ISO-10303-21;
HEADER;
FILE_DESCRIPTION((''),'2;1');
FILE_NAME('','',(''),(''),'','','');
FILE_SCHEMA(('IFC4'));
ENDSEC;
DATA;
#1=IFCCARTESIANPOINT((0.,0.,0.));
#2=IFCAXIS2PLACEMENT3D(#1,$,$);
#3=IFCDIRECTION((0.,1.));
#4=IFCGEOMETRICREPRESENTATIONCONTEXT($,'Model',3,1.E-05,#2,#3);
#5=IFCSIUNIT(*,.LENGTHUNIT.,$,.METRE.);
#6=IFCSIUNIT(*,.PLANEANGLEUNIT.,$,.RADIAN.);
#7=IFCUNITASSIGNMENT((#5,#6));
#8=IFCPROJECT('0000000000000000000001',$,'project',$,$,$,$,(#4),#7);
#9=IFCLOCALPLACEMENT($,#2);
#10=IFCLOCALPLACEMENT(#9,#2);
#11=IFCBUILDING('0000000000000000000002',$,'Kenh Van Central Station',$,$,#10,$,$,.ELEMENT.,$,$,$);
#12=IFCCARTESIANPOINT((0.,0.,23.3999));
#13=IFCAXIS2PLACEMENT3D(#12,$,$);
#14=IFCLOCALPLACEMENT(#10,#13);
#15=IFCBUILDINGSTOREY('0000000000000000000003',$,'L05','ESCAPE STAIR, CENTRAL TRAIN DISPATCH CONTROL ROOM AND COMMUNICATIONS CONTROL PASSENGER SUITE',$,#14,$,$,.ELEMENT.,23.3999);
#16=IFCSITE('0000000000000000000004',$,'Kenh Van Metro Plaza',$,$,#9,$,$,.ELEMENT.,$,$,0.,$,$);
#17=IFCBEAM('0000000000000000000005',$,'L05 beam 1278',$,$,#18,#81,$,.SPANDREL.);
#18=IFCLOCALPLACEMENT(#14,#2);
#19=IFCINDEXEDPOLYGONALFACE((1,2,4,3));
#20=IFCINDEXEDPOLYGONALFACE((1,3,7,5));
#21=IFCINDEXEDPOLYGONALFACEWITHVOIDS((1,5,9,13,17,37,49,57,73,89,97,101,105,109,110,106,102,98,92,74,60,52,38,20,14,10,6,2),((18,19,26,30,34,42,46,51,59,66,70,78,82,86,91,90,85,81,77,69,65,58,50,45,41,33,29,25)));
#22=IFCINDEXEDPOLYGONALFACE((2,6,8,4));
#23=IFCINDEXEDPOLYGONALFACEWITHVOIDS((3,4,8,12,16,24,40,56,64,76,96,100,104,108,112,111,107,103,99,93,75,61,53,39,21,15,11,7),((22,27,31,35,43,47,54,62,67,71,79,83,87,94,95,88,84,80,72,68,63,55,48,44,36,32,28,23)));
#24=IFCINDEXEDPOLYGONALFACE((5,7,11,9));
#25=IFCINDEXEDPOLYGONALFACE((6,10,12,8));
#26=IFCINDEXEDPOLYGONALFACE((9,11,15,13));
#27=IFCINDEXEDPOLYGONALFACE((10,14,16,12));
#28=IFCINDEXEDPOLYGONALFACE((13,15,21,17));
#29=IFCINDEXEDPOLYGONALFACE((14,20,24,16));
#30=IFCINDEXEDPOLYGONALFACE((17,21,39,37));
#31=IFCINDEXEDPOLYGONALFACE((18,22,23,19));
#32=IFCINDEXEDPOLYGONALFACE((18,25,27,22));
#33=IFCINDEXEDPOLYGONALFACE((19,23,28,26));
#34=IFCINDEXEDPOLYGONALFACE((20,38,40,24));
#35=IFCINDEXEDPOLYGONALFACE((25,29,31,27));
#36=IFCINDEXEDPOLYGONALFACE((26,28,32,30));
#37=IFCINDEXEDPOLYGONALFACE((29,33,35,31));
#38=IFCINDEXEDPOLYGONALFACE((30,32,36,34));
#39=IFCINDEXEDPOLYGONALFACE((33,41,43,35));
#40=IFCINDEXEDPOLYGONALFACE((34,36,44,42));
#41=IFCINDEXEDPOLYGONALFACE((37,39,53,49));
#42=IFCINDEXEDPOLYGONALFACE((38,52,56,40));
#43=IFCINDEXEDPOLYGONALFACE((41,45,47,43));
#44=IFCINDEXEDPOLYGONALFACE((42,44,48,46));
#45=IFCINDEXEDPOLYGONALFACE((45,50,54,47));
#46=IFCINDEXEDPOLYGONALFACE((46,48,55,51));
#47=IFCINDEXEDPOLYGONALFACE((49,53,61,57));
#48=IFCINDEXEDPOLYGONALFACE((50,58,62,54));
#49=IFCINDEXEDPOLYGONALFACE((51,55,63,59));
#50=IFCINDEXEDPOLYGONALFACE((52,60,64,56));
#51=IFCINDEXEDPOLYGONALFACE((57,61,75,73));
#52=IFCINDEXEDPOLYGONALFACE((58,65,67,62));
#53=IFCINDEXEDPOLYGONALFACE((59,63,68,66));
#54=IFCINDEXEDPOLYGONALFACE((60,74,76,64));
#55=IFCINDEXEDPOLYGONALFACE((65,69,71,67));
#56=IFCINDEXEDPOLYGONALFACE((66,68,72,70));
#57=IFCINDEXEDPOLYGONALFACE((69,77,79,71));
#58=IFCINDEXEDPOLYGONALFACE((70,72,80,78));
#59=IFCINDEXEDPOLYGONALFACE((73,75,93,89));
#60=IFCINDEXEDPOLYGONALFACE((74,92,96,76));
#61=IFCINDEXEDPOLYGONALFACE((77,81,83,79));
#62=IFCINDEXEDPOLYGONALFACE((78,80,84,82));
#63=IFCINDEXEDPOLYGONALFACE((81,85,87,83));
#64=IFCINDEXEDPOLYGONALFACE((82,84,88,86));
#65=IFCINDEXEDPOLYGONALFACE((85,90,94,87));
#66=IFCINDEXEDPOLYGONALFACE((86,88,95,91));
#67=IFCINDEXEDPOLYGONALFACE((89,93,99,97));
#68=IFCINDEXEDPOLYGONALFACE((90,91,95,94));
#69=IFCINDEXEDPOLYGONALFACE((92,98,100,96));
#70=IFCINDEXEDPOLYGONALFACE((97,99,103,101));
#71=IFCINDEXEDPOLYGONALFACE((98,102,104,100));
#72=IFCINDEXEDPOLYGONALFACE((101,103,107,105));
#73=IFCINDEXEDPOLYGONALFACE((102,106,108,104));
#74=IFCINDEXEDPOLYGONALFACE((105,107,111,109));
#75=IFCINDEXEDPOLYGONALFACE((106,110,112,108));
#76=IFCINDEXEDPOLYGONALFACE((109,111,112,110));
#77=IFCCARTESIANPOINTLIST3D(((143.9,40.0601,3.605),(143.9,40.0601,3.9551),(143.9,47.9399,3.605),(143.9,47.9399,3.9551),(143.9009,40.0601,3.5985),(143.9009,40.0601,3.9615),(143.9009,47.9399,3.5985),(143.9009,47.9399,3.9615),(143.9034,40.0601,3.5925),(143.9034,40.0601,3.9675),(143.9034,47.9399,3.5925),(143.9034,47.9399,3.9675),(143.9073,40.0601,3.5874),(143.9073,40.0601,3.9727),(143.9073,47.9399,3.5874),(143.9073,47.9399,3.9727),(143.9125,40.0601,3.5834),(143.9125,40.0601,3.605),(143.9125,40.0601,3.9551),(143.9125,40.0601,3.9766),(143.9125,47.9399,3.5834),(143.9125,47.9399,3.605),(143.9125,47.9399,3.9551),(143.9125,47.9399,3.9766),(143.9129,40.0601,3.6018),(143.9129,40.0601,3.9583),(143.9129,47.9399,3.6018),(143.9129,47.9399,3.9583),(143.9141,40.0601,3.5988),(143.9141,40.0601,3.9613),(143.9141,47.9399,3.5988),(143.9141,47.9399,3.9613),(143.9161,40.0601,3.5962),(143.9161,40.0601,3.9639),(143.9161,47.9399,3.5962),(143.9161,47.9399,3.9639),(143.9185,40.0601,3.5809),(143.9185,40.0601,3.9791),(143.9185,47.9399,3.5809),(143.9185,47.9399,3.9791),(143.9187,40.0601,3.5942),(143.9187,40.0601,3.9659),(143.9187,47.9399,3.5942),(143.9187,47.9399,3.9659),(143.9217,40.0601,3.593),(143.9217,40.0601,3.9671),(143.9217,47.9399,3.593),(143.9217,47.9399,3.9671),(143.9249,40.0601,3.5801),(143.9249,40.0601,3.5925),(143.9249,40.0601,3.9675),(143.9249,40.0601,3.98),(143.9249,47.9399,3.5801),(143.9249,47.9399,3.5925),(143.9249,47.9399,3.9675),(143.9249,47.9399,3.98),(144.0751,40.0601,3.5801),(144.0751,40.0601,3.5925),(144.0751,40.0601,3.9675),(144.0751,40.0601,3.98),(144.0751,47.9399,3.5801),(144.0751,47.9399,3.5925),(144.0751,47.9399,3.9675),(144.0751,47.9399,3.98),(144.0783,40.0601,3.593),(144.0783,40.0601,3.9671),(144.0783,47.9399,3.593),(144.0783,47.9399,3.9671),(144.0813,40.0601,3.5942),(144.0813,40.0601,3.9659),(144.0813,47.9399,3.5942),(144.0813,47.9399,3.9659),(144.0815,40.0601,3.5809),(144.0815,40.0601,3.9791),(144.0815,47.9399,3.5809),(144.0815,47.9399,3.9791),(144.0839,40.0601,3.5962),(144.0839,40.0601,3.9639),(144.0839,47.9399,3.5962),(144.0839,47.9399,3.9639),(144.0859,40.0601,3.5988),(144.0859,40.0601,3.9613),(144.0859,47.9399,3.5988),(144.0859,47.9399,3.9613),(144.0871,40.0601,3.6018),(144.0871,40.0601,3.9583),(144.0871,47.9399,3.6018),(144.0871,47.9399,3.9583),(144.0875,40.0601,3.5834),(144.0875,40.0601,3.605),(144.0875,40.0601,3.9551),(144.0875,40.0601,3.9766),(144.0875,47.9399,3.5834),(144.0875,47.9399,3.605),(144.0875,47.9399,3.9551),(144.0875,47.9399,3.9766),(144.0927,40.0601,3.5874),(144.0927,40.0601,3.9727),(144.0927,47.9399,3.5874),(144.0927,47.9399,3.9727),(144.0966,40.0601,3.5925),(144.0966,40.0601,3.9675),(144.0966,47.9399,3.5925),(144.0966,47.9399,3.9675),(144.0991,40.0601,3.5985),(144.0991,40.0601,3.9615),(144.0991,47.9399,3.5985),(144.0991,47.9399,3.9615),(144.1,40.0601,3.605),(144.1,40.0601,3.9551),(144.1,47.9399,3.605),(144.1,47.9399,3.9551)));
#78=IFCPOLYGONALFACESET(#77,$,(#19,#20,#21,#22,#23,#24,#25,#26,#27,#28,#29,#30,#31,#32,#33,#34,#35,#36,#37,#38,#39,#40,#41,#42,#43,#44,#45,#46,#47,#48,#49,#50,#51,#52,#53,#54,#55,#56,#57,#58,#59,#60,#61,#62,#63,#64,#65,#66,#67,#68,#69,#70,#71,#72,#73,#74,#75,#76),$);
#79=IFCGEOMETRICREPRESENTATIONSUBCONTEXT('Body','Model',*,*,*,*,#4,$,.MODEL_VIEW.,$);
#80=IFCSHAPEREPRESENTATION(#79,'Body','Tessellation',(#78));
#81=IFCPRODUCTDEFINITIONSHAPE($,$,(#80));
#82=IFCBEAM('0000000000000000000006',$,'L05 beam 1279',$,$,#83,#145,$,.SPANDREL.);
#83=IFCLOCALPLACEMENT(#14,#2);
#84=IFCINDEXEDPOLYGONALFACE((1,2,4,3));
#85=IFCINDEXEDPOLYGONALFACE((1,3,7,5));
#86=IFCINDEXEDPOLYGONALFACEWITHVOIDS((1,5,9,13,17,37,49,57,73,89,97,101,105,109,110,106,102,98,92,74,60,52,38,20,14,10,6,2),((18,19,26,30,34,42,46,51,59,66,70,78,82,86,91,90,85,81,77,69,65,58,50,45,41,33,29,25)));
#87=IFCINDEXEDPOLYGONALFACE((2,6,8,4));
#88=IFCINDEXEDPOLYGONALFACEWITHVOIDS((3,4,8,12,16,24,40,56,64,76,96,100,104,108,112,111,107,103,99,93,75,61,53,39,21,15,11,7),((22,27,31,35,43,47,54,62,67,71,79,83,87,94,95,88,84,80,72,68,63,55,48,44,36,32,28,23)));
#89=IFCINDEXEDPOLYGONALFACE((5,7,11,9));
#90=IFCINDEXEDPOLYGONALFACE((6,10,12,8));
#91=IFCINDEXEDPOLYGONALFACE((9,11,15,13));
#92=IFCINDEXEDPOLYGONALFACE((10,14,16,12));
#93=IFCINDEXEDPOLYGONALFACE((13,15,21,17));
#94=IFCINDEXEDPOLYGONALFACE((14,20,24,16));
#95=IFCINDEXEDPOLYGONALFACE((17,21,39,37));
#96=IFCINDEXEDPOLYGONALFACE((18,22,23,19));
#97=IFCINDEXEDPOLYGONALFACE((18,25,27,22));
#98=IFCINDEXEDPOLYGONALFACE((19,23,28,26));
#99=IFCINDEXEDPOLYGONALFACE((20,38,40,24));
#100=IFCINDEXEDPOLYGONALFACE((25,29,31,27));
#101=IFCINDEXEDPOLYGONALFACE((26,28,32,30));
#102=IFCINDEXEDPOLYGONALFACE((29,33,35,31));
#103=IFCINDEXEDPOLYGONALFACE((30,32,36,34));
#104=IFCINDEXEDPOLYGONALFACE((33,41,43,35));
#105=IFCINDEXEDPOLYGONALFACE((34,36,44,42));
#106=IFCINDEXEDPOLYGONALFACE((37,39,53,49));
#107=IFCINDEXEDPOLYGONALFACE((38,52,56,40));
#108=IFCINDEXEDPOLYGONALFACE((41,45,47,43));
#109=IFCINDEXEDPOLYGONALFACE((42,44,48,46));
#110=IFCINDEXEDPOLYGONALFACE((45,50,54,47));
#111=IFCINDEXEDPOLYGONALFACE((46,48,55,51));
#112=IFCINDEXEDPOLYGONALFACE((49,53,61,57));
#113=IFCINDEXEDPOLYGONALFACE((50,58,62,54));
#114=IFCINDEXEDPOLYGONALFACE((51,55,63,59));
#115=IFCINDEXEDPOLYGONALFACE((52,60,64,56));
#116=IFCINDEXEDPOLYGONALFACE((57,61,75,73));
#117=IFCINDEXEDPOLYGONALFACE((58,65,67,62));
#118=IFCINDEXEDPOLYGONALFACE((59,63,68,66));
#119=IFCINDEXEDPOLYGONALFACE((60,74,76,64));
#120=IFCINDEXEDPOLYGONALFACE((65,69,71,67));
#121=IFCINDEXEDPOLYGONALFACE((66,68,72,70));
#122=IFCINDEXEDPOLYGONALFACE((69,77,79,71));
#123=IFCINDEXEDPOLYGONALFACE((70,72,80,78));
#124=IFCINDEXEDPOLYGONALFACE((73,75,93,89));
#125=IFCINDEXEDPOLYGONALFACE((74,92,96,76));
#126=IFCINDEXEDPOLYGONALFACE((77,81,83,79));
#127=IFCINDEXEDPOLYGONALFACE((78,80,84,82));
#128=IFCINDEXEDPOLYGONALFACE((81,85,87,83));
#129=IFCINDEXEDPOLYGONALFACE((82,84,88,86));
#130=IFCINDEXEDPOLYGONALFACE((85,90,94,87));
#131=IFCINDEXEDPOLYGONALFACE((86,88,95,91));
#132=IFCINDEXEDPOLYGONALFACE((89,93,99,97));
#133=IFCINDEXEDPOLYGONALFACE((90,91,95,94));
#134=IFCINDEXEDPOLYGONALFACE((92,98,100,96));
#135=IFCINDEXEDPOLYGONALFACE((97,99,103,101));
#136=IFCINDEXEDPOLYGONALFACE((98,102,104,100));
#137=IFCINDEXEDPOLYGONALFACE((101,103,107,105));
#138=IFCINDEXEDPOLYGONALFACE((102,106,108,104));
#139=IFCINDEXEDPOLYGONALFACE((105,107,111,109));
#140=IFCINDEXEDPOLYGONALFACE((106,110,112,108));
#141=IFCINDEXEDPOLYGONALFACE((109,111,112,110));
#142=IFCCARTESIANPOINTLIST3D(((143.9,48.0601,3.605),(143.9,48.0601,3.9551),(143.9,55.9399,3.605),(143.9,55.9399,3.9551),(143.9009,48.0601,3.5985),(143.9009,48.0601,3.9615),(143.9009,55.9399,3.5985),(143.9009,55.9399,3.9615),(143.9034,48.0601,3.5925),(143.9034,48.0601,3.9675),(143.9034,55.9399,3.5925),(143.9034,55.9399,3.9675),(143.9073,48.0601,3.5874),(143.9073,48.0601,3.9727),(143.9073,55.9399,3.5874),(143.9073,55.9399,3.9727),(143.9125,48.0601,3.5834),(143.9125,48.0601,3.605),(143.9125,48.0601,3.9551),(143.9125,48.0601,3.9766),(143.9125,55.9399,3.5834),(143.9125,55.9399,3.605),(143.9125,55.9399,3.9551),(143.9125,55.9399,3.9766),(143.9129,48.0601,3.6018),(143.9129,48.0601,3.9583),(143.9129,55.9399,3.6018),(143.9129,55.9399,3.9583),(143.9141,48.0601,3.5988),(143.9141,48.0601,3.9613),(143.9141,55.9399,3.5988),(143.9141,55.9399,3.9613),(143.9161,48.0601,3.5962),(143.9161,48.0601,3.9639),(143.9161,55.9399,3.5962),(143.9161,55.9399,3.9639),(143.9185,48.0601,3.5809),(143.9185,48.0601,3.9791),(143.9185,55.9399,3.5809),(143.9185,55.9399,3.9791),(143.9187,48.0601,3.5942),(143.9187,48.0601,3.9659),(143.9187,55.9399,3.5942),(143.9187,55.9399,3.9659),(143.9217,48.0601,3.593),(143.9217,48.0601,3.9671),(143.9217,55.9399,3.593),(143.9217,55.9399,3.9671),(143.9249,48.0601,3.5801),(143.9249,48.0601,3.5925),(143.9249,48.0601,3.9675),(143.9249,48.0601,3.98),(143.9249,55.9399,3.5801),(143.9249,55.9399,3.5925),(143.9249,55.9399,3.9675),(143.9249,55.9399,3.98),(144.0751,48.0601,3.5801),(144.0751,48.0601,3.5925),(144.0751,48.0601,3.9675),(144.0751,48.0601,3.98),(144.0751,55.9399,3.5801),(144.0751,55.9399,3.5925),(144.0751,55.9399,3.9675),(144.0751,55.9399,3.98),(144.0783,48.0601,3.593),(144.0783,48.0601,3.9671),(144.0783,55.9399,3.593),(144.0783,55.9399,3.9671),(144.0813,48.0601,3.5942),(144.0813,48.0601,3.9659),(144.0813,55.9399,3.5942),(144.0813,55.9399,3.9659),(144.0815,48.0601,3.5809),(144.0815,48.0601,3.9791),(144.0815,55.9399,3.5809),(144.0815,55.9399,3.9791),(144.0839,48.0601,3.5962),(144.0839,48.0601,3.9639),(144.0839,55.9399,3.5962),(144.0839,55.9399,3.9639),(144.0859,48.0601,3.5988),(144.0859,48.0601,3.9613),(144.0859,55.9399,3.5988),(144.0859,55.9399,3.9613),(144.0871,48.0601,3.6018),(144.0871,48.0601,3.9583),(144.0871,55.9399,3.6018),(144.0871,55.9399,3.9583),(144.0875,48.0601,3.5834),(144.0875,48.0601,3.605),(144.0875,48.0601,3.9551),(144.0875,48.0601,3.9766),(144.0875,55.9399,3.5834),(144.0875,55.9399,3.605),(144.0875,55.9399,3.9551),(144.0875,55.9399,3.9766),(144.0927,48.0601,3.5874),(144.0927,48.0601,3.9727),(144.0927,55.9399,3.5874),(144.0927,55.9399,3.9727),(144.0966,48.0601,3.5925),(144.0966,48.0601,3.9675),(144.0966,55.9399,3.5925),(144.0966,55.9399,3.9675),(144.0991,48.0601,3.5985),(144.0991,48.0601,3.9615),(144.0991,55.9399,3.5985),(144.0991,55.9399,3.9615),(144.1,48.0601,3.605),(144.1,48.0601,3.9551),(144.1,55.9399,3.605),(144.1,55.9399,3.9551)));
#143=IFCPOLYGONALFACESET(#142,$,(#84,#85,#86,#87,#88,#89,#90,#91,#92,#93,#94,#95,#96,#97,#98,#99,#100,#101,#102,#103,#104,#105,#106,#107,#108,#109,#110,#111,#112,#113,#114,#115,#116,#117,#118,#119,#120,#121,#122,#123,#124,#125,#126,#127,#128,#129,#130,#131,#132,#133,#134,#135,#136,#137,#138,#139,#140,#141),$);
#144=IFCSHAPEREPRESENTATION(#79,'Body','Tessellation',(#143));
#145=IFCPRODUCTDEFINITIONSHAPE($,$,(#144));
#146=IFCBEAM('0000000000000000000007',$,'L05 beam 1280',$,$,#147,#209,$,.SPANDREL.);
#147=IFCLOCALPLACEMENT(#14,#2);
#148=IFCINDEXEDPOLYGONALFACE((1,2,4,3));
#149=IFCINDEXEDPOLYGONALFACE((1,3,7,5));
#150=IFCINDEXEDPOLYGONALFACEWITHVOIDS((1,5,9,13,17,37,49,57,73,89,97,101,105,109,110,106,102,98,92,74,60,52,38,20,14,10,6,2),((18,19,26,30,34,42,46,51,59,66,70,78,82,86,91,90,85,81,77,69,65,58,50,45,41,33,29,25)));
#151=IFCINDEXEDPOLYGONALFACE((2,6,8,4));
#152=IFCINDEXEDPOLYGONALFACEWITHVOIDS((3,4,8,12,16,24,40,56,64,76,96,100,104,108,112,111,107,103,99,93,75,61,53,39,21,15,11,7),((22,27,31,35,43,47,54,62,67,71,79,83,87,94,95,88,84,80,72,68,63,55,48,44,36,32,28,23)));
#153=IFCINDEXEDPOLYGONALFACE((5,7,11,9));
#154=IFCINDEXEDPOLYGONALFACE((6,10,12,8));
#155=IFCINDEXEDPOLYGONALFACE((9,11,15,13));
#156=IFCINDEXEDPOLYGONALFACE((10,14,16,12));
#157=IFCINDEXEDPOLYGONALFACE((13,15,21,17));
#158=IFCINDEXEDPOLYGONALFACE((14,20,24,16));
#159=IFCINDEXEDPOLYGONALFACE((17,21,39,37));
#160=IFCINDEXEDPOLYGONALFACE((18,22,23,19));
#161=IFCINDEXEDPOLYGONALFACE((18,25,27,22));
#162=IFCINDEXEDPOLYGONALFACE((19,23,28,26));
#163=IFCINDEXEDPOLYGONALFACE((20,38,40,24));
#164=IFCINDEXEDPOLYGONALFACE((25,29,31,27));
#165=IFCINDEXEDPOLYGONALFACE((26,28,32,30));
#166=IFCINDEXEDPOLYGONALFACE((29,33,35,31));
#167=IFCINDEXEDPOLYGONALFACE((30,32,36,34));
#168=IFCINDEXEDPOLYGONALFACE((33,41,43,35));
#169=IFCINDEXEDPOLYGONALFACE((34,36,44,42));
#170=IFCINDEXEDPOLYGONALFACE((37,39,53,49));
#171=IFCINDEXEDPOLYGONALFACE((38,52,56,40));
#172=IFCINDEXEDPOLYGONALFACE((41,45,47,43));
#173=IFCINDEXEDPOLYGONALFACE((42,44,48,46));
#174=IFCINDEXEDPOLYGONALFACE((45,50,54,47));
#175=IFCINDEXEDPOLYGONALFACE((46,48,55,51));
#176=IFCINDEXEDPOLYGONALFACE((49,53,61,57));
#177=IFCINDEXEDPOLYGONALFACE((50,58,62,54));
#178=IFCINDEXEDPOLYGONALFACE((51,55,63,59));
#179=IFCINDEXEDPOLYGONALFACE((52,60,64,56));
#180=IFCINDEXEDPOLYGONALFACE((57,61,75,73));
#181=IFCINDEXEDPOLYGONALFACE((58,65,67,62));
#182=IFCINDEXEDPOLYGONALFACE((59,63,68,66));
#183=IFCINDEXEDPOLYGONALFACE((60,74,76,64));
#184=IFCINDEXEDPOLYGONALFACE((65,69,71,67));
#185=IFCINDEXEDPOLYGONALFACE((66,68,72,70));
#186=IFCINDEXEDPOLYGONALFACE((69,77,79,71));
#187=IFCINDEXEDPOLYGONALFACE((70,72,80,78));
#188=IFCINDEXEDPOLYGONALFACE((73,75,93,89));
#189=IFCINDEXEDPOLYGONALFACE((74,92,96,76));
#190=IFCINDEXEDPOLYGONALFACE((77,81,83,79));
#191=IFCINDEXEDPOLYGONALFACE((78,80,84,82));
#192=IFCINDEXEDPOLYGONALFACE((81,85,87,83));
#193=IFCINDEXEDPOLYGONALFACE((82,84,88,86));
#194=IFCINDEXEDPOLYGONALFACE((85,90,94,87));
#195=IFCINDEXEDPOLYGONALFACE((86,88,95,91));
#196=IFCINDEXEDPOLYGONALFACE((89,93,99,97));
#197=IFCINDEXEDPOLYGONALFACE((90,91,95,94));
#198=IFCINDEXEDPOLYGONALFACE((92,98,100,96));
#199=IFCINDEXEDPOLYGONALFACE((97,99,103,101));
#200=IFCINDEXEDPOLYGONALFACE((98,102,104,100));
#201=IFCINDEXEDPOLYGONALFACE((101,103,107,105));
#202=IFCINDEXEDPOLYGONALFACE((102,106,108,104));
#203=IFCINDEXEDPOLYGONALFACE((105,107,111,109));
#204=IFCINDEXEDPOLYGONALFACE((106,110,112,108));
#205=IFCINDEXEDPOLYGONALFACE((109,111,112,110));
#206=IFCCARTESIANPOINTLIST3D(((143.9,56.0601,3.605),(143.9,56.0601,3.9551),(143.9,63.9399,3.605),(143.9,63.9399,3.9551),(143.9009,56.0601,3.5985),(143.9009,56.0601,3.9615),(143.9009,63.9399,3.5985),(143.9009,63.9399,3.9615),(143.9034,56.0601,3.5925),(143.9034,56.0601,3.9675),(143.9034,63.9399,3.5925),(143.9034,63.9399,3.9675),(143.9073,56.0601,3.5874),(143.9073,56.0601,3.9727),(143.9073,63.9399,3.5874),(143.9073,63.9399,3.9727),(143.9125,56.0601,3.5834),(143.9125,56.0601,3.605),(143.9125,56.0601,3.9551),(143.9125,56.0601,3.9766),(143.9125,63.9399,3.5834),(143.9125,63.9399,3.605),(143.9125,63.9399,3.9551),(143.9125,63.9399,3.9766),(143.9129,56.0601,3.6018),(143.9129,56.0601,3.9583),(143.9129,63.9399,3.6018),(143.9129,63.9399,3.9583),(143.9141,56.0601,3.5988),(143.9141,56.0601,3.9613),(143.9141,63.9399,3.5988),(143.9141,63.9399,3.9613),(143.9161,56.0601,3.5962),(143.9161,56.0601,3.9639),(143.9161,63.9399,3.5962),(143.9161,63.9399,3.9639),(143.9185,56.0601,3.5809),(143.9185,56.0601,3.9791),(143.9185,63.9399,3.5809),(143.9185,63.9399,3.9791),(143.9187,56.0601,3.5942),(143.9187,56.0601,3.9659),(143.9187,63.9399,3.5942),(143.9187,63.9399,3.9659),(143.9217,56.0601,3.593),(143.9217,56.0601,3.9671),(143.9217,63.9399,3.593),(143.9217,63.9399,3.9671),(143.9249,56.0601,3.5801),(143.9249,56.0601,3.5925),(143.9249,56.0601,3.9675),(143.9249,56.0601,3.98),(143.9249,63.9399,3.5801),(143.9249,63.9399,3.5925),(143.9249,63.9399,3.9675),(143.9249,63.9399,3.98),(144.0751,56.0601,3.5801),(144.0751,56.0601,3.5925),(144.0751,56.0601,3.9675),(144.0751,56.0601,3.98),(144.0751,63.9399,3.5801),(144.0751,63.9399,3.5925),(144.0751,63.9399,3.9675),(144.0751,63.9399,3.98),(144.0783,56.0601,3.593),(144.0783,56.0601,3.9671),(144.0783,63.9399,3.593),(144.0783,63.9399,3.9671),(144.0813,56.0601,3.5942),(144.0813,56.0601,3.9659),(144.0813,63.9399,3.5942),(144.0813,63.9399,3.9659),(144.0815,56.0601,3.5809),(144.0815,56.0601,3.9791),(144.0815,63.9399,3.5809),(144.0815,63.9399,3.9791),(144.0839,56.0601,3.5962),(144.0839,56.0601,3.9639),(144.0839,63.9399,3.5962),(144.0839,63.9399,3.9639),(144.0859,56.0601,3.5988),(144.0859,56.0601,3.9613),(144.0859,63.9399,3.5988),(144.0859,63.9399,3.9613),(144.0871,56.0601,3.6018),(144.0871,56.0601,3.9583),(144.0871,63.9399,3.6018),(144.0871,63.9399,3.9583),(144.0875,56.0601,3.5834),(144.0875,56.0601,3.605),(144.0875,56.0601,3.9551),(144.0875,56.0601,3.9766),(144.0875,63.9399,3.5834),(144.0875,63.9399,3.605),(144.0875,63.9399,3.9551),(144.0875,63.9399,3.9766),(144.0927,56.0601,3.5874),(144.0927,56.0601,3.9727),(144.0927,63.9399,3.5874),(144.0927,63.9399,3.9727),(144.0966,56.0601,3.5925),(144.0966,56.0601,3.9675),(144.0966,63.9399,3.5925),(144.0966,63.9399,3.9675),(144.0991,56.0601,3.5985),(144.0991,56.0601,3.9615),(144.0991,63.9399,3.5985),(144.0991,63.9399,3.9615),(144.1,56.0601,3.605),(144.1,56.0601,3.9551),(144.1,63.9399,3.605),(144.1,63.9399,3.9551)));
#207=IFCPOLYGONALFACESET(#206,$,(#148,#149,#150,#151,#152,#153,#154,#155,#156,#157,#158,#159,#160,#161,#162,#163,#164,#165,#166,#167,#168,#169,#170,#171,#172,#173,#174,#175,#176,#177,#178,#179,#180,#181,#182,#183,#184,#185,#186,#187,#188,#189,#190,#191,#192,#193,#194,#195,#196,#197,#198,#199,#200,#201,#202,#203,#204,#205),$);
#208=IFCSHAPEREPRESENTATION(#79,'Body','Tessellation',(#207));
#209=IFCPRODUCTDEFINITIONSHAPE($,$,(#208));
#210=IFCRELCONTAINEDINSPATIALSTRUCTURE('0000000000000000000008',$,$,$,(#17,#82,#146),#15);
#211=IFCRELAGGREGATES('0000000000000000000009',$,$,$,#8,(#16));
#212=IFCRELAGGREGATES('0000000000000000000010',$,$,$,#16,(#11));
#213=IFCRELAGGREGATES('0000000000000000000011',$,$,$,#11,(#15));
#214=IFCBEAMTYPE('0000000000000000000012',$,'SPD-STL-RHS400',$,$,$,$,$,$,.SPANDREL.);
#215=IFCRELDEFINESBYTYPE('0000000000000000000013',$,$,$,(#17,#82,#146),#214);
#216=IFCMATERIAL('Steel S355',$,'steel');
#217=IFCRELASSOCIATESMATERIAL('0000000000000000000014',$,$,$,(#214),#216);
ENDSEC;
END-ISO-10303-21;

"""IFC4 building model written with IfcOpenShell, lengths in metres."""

from ifc_helpers import new_model, si_unit, direction, frame, origin, origin_2d, place, context, subcontext, project, spatial, hollow_rectangle, extrude, material, material_profile, profile_set, type_object, element, save


model = new_model("IFC4")

# Units and contexts
model_context = context("Model", 3, precision=1e-05, world=origin(), true_north=direction((0.0, 1.0)))
body_context = subcontext(model_context, "Body", "Model", "MODEL_VIEW")
ifc_project = project(units=[si_unit("LENGTHUNIT", "METRE"), si_unit("PLANEANGLEUNIT", "RADIAN")], contexts=[model_context])

# Site, building, storey
site_placement = place(None, origin())
site = spatial("IfcSite", under=ifc_project, at=site_placement, Name="Kenh Van Metro Plaza", CompositionType="ELEMENT", RefElevation=0.0)
building_placement = place(site_placement, origin())
building = spatial("IfcBuilding", under=site, at=building_placement, Name="Kenh Van Central Station", CompositionType="ELEMENT")
storey_placement = place(building_placement, frame((0.0, 0.0, 23.3999)))
storey = spatial("IfcBuildingStorey", under=building, at=storey_placement, Name="L05", Description="ESCAPE STAIR, CENTRAL TRAIN DISPATCH CONTROL ROOM AND COMMUNICATIONS CONTROL PASSENGER SUITE", CompositionType="ELEMENT", Elevation=23.3999)

# Shared definitions
ifc_material_1 = material(Name="Steel S355", Category="steel")

# Beams
ifc_material_profile_1 = material_profile(ifc_material_1, hollow_rectangle(XDim=0.2, YDim=0.3999, WallThickness=0.0125, InnerFilletRadius=0.0125, OuterFilletRadius=0.0249, at=origin_2d()), Name="RHS 400x200x12.5")
ifc_profile_set_1 = profile_set([ifc_material_profile_1], Name="Steel S355")
beam_type = type_object("IfcBeamType", Name="SPD-STL-RHS400", PredefinedType="SPANDREL", material=ifc_profile_set_1)
for number, where, z_axis, x_axis, name in (
    (1, (144.0, 40.0601, 3.78), (0.0, 1.0, 0.0), (-1.0, 0.0, 0.0), "L05 beam 1278"),
    (2, (144.0, 48.0601, 3.78), (0.0, 1.0, 0.0), (-1.0, 0.0, 0.0), "L05 beam 1279"),
    (3, (144.0, 56.0601, 3.78), (0.0, 1.0, 0.0), (-1.0, 0.0, 0.0), "L05 beam 1280"),
):
    element("IfcBeam", number, at=place(storey_placement, frame(where, z_axis=z_axis, x_axis=x_axis)), inside=storey, type_object=beam_type, Name=name, PredefinedType="SPANDREL", context=body_context, shape_type="SweptSolid", body=[
        extrude(hollow_rectangle(XDim=0.2, YDim=0.3999, WallThickness=0.0125, InnerFilletRadius=0.0125, OuterFilletRadius=0.0249, at=origin_2d()), origin(), (0.0, 0.0, 1.0), 7.8799),
    ])

save(model, "model.ifc")
